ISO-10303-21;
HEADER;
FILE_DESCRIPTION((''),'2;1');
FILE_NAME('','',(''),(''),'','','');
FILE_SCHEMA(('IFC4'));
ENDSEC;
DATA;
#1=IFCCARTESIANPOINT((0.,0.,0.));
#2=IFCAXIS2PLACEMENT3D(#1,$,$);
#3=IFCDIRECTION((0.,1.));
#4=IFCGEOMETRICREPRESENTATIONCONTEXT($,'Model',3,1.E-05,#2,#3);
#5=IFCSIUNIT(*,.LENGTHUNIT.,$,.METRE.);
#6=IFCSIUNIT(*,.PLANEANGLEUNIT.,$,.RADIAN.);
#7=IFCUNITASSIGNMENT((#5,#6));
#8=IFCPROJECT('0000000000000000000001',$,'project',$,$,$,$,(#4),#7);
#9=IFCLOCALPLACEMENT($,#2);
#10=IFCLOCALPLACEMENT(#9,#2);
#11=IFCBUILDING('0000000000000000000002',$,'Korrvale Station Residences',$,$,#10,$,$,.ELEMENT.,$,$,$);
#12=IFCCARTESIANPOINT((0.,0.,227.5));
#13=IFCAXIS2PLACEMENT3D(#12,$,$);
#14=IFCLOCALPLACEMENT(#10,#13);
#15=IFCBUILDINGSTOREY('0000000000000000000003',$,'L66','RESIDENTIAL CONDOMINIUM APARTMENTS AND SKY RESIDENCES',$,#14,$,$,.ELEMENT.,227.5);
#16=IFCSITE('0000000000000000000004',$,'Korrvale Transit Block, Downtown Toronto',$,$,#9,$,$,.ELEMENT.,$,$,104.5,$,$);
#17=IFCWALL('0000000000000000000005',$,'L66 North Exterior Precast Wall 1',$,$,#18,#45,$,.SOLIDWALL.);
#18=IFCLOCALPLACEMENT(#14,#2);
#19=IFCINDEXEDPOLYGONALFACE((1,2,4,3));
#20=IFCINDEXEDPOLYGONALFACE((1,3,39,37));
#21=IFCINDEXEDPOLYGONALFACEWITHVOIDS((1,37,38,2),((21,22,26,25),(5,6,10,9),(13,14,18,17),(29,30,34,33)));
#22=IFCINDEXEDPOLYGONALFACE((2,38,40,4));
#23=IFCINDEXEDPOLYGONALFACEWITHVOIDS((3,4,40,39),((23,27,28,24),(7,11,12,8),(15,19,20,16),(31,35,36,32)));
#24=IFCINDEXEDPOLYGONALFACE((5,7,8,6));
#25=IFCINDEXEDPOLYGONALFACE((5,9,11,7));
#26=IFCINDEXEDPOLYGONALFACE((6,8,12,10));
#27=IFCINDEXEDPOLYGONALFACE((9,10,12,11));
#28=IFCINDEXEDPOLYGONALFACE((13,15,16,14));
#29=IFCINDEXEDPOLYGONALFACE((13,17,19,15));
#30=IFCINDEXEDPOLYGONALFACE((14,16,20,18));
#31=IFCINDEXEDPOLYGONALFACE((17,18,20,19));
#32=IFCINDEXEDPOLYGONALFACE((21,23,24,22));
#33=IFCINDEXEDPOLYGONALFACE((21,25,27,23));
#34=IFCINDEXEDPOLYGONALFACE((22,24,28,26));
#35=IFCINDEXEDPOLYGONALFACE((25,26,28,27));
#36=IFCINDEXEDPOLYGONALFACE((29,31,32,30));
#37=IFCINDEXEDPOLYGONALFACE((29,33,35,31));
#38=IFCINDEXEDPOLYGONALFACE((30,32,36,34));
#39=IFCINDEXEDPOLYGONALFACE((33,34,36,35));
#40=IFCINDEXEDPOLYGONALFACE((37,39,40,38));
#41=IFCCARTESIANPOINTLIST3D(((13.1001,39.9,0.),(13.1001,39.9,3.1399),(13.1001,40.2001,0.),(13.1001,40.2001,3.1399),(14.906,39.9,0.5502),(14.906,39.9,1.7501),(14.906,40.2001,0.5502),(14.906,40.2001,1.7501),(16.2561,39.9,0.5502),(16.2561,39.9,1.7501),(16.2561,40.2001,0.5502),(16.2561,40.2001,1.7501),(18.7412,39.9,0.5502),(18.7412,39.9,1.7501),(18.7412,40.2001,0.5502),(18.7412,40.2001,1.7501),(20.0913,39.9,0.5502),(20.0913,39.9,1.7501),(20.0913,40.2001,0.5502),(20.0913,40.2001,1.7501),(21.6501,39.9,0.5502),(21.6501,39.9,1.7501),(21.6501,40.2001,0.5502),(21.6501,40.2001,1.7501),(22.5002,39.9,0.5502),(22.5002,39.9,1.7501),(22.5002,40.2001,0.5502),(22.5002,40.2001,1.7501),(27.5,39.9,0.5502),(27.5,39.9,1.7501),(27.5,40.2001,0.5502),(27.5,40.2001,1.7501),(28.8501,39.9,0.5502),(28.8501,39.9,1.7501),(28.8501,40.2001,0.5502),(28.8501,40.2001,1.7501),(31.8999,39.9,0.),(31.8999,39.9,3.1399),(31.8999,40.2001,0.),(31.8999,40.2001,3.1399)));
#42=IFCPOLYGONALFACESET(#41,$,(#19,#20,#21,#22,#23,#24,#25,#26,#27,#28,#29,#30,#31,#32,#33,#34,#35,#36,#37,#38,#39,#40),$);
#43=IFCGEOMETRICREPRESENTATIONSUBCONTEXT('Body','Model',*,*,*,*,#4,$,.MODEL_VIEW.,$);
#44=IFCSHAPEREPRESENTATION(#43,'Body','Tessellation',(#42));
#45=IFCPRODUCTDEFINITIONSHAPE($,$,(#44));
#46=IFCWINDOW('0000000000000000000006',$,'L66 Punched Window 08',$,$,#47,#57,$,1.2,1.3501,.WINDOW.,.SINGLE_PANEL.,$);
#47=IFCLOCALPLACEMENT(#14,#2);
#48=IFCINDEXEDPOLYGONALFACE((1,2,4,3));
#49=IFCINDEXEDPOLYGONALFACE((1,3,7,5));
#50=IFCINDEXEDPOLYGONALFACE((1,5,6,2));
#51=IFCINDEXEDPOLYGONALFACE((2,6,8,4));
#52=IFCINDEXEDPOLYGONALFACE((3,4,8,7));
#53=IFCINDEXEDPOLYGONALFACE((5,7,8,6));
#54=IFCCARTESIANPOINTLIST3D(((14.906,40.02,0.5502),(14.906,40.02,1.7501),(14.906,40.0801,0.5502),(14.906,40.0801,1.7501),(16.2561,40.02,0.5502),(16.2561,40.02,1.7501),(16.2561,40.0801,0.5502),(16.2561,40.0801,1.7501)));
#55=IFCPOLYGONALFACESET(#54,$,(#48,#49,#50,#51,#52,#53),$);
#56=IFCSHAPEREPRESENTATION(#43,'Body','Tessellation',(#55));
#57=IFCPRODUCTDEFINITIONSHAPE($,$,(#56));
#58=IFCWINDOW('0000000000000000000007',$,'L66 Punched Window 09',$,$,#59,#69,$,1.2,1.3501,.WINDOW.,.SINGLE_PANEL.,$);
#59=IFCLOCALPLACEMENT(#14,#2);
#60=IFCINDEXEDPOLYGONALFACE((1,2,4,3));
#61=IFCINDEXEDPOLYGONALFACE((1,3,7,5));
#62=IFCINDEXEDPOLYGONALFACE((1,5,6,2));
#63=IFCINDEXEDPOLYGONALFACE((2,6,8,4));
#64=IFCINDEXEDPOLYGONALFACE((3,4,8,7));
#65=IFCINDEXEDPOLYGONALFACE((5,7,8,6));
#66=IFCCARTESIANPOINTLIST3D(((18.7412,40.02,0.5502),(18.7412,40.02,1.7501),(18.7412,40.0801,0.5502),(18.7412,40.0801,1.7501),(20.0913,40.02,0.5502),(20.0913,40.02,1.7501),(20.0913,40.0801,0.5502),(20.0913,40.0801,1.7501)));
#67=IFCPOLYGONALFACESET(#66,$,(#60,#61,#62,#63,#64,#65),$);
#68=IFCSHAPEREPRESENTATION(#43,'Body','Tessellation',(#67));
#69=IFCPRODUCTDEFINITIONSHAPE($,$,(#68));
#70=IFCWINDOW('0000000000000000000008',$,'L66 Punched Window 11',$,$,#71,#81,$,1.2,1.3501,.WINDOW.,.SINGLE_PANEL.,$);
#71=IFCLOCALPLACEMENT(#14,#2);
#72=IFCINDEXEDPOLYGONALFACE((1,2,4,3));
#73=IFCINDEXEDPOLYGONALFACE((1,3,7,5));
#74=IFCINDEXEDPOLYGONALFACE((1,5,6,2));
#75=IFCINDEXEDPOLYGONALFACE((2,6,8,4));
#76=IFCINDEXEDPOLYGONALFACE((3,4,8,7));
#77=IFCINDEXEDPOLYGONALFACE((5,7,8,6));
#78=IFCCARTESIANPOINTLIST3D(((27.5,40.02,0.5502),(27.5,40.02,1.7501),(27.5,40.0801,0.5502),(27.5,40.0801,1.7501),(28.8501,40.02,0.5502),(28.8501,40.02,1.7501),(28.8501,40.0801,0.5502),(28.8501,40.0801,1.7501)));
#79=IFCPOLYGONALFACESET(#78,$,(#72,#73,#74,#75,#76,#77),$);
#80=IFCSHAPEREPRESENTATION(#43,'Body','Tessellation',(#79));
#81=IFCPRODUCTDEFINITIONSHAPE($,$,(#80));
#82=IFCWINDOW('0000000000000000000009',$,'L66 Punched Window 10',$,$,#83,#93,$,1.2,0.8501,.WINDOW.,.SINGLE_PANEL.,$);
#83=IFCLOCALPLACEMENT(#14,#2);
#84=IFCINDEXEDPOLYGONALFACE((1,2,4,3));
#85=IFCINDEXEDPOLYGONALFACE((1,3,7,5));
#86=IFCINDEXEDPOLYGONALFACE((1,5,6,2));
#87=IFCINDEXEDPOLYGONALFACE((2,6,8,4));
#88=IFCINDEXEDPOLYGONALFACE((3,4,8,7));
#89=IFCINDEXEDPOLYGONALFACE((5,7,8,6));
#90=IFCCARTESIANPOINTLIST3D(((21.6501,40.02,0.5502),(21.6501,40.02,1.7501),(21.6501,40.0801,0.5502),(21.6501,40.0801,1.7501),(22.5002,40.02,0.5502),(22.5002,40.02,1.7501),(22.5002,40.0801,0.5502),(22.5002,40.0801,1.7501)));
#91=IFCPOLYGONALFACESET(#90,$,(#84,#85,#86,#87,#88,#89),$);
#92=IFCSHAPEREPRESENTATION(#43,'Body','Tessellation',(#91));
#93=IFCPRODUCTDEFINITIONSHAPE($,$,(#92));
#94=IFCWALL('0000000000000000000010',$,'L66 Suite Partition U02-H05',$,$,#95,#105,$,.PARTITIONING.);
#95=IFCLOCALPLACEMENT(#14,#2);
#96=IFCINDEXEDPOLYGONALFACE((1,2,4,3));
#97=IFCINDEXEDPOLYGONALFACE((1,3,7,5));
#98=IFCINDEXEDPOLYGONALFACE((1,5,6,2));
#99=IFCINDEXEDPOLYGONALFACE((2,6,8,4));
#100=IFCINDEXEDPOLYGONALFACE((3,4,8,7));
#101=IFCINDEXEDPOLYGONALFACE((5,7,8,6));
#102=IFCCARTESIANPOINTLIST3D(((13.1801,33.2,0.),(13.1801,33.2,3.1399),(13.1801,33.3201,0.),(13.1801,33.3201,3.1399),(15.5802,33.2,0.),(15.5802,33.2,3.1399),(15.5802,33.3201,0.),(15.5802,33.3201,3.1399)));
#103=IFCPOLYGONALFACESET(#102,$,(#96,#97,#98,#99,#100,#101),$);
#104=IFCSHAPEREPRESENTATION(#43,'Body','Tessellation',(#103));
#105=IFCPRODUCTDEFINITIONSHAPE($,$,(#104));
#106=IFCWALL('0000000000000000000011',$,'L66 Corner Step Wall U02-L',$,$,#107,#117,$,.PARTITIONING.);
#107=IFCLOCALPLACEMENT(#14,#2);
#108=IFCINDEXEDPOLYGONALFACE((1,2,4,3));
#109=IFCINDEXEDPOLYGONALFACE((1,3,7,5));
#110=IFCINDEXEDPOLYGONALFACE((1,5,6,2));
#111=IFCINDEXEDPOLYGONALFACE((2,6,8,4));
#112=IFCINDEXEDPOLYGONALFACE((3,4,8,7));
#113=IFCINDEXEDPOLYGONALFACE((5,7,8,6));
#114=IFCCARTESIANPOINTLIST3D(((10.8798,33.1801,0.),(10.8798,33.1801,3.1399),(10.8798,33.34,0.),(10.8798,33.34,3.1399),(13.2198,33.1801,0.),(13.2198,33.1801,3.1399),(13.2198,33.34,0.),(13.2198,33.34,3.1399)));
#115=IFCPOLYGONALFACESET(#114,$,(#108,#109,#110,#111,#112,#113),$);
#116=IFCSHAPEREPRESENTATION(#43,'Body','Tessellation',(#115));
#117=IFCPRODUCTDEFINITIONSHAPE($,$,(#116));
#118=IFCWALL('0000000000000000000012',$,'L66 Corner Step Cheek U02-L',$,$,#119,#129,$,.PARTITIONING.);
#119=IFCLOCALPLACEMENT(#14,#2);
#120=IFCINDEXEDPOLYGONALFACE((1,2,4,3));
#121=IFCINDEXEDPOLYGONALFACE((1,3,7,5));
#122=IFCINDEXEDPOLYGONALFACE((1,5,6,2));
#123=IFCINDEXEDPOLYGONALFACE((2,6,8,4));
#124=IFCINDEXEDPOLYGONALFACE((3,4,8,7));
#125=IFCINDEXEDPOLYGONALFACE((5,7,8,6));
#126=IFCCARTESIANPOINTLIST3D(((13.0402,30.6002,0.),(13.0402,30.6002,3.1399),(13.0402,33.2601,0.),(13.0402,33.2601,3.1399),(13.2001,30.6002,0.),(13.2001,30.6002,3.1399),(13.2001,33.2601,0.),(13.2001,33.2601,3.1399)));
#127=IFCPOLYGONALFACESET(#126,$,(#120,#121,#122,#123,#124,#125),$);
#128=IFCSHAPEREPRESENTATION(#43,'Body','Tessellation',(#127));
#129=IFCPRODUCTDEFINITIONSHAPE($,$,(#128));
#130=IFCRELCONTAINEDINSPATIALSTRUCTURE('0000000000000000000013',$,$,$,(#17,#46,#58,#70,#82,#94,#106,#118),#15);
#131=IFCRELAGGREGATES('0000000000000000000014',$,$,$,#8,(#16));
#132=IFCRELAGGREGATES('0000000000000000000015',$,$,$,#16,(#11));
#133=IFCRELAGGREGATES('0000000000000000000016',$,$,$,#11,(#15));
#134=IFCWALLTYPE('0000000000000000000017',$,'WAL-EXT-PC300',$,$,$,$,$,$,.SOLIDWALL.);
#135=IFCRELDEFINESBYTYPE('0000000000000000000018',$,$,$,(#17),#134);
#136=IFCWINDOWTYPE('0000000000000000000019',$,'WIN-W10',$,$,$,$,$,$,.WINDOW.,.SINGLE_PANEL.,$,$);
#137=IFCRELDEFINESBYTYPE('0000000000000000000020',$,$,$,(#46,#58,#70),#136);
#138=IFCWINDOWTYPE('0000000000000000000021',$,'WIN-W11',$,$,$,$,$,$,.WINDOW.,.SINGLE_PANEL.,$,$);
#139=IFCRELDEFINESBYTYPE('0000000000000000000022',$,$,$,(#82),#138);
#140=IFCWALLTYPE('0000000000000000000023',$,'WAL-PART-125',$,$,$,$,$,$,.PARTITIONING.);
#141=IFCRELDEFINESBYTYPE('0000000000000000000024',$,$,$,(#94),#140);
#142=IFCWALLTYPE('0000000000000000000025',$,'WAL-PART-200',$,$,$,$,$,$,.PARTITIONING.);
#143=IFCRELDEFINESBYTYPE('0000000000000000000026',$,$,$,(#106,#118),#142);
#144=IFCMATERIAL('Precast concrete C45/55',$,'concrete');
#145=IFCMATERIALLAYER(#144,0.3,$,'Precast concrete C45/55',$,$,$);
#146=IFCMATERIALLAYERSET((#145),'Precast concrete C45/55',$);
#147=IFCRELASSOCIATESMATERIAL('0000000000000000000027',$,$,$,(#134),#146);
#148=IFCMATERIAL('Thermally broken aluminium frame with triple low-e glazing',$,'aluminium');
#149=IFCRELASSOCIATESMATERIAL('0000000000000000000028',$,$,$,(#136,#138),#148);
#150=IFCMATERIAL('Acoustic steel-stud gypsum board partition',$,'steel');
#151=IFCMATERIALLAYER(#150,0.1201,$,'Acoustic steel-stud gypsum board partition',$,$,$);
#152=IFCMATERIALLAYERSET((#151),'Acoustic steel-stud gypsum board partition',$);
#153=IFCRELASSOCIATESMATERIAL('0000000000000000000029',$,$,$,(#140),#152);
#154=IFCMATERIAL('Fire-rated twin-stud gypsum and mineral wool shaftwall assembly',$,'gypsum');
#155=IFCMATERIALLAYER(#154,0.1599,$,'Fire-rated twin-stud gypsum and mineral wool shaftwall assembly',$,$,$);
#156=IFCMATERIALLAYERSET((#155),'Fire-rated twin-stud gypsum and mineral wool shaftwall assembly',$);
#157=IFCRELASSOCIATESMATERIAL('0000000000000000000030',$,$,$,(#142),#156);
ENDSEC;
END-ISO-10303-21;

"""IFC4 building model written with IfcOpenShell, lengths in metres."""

from ifc_helpers import new_model, si_unit, direction, frame, frame_2d, origin, place, context, subcontext, project, spatial, rectangle, extrude, material, layer, layer_set, type_object, element, fill, save


model = new_model("IFC4")

# Units and contexts
model_context = context("Model", 3, precision=1e-05, world=origin(), true_north=direction((0.0, 1.0)))
body_context = subcontext(model_context, "Body", "Model", "MODEL_VIEW")
ifc_project = project(units=[si_unit("LENGTHUNIT", "METRE"), si_unit("PLANEANGLEUNIT", "RADIAN")], contexts=[model_context])

# Site, building, storey
site_placement = place(None, origin())
site = spatial("IfcSite", under=ifc_project, at=site_placement, Name="Korrvale Transit Block, Downtown Toronto", CompositionType="ELEMENT", RefElevation=104.5)
building_placement = place(site_placement, origin())
building = spatial("IfcBuilding", under=site, at=building_placement, Name="Korrvale Station Residences", CompositionType="ELEMENT")
storey_placement = place(building_placement, frame((0.0, 0.0, 227.5)))
storey = spatial("IfcBuildingStorey", under=building, at=storey_placement, Name="L66", Description="RESIDENTIAL CONDOMINIUM APARTMENTS AND SKY RESIDENCES", CompositionType="ELEMENT", Elevation=227.5)

# Shared definitions
ifc_material_1 = material(Name="Precast concrete C45/55", Category="concrete")

# Wall, openings, windows
ifc_layer_1 = layer(ifc_material_1, 0.3, Name="Precast concrete C45/55")
ifc_layer_set_1 = layer_set([ifc_layer_1], Name="Precast concrete C45/55")
wall_type_1 = type_object("IfcWallType", Name="WAL-EXT-PC300", PredefinedType="SOLIDWALL", material=ifc_layer_set_1)
wall_1_placement = place(storey_placement, frame((13.1001, 40.05, 0.0), z_axis=(0.0, 0.0, 1.0), x_axis=(1.0, 0.0, 0.0)))
wall_1 = element("IfcWall", 1, at=wall_1_placement, inside=storey, type_object=wall_type_1, Name="L66 North Exterior Precast Wall 1", PredefinedType="SOLIDWALL", context=body_context, shape_type="SweptSolid", body=[
    extrude(rectangle(XDim=18.7998, YDim=0.3, at=frame_2d((9.3999, 0.0))), origin(), (0.0, 0.0, 1.0), 3.1399),
])
opening_1_placement = place(wall_1_placement, frame((1.8059, 0.0, 0.55)))
opening_1 = element("IfcOpeningElement", 2, at=opening_1_placement, cuts=wall_1, PredefinedType="OPENING", context=body_context, shape_type="SweptSolid", body=[
    extrude(rectangle(XDim=1.3501, YDim=1.2, at=frame_2d((0.675, 0.6001))), frame((0.0, 0.1602, 0.0), z_axis=(0.0, -1.0, 0.0), x_axis=(1.0, 0.0, 0.0)), (0.0, 0.0, 1.0), 0.3201),
])
opening_2_placement = place(wall_1_placement, frame((5.6411, 0.0, 0.55)))
opening_2 = element("IfcOpeningElement", 3, at=opening_2_placement, cuts=wall_1, PredefinedType="OPENING", context=body_context, shape_type="SweptSolid", body=[
    extrude(rectangle(XDim=1.3501, YDim=1.2, at=frame_2d((0.675, 0.6001))), frame((0.0, 0.1602, 0.0), z_axis=(0.0, -1.0, 0.0), x_axis=(1.0, 0.0, 0.0)), (0.0, 0.0, 1.0), 0.3201),
])
opening_3_placement = place(wall_1_placement, frame((8.55, 0.0, 0.55)))
opening_3 = element("IfcOpeningElement", 4, at=opening_3_placement, cuts=wall_1, PredefinedType="OPENING", context=body_context, shape_type="SweptSolid", body=[
    extrude(rectangle(XDim=0.8501, YDim=1.2, at=frame_2d((0.425, 0.6001))), frame((0.0, 0.1602, 0.0), z_axis=(0.0, -1.0, 0.0), x_axis=(1.0, 0.0, 0.0)), (0.0, 0.0, 1.0), 0.3201),
])
opening_4_placement = place(wall_1_placement, frame((14.3999, 0.0, 0.55)))
opening_4 = element("IfcOpeningElement", 5, at=opening_4_placement, cuts=wall_1, PredefinedType="OPENING", context=body_context, shape_type="SweptSolid", body=[
    extrude(rectangle(XDim=1.3501, YDim=1.2, at=frame_2d((0.675, 0.6001))), frame((0.0, 0.1602, 0.0), z_axis=(0.0, -1.0, 0.0), x_axis=(1.0, 0.0, 0.0)), (0.0, 0.0, 1.0), 0.3201),
])
ifc_material_2 = material(Name="Thermally broken aluminium frame with triple low-e glazing", Category="aluminium")
window_type_1 = type_object("IfcWindowType", Name="WIN-W10", PartitioningType="SINGLE_PANEL", PredefinedType="WINDOW", material=ifc_material_2)
window_1_placement = place(opening_1_placement, origin())
window_1 = element("IfcWindow", 6, at=window_1_placement, inside=storey, type_object=window_type_1, Name="L66 Punched Window 08", OverallHeight=1.2, OverallWidth=1.3501, PartitioningType="SINGLE_PANEL", PredefinedType="WINDOW", context=body_context, shape_type="SweptSolid", body=[
    extrude(rectangle(XDim=1.3501, YDim=1.2, at=frame_2d((0.675, 0.6001))), frame((0.0, 0.03, 0.0), z_axis=(0.0, -1.0, 0.0), x_axis=(1.0, 0.0, 0.0)), (0.0, 0.0, 1.0), 0.0601),
])
fill(opening_1, window_1)
window_2_placement = place(opening_2_placement, origin())
window_2 = element("IfcWindow", 7, at=window_2_placement, inside=storey, type_object=window_type_1, Name="L66 Punched Window 09", OverallHeight=1.2, OverallWidth=1.3501, PartitioningType="SINGLE_PANEL", PredefinedType="WINDOW", context=body_context, shape_type="SweptSolid", body=[
    extrude(rectangle(XDim=1.3501, YDim=1.2, at=frame_2d((0.675, 0.6001))), frame((0.0, 0.03, 0.0), z_axis=(0.0, -1.0, 0.0), x_axis=(1.0, 0.0, 0.0)), (0.0, 0.0, 1.0), 0.0601),
])
fill(opening_2, window_2)
window_3_placement = place(opening_4_placement, origin())
window_3 = element("IfcWindow", 8, at=window_3_placement, inside=storey, type_object=window_type_1, Name="L66 Punched Window 11", OverallHeight=1.2, OverallWidth=1.3501, PartitioningType="SINGLE_PANEL", PredefinedType="WINDOW", context=body_context, shape_type="SweptSolid", body=[
    extrude(rectangle(XDim=1.3501, YDim=1.2, at=frame_2d((0.675, 0.6001))), frame((0.0, 0.03, 0.0), z_axis=(0.0, -1.0, 0.0), x_axis=(1.0, 0.0, 0.0)), (0.0, 0.0, 1.0), 0.0601),
])
fill(opening_4, window_3)
window_type_2 = type_object("IfcWindowType", Name="WIN-W11", PartitioningType="SINGLE_PANEL", PredefinedType="WINDOW", material=ifc_material_2)
window_4_placement = place(opening_3_placement, origin())
window_4 = element("IfcWindow", 9, at=window_4_placement, inside=storey, type_object=window_type_2, Name="L66 Punched Window 10", OverallHeight=1.2, OverallWidth=0.8501, PartitioningType="SINGLE_PANEL", PredefinedType="WINDOW", context=body_context, shape_type="SweptSolid", body=[
    extrude(rectangle(XDim=0.8501, YDim=1.2, at=frame_2d((0.425, 0.6001))), frame((0.0, 0.03, 0.0), z_axis=(0.0, -1.0, 0.0), x_axis=(1.0, 0.0, 0.0)), (0.0, 0.0, 1.0), 0.0601),
])
fill(opening_3, window_4)

# Walls
ifc_material_3 = material(Name="Acoustic steel-stud gypsum board partition", Category="steel")
ifc_layer_2 = layer(ifc_material_3, 0.1201, Name="Acoustic steel-stud gypsum board partition")
ifc_layer_set_2 = layer_set([ifc_layer_2], Name="Acoustic steel-stud gypsum board partition")
wall_type_2 = type_object("IfcWallType", Name="WAL-PART-125", PredefinedType="PARTITIONING", material=ifc_layer_set_2)
wall_2_placement = place(storey_placement, frame((13.1799, 33.26, 0.0), z_axis=(0.0, 0.0, 1.0), x_axis=(1.0, 0.0, 0.0)))
element("IfcWall", 10, at=wall_2_placement, inside=storey, type_object=wall_type_2, Name="L66 Suite Partition U02-H05", PredefinedType="PARTITIONING", context=body_context, shape_type="SweptSolid", body=[
    extrude(rectangle(XDim=2.4001, YDim=0.1201, at=frame_2d((1.2002, 0.0))), origin(), (0.0, 0.0, 1.0), 3.1399),
])
ifc_material_4 = material(Name="Fire-rated twin-stud gypsum and mineral wool shaftwall assembly", Category="gypsum")
ifc_layer_3 = layer(ifc_material_4, 0.1599, Name="Fire-rated twin-stud gypsum and mineral wool shaftwall assembly")
ifc_layer_set_3 = layer_set([ifc_layer_3], Name="Fire-rated twin-stud gypsum and mineral wool shaftwall assembly")
wall_type_3 = type_object("IfcWallType", Name="WAL-PART-200", PredefinedType="PARTITIONING", material=ifc_layer_set_3)
wall_3_placement = place(storey_placement, frame((10.8799, 33.26, 0.0), z_axis=(0.0, 0.0, 1.0), x_axis=(1.0, 0.0, 0.0)))
element("IfcWall", 11, at=wall_3_placement, inside=storey, type_object=wall_type_3, Name="L66 Corner Step Wall U02-L", PredefinedType="PARTITIONING", context=body_context, shape_type="SweptSolid", body=[
    extrude(rectangle(XDim=2.3401, YDim=0.1599, at=frame_2d((1.1699, 0.0))), origin(), (0.0, 0.0, 1.0), 3.1399),
])
wall_4_placement = place(storey_placement, frame((13.1201, 30.6001, 0.0), z_axis=(0.0, 0.0, 1.0), x_axis=(0.0, 1.0, 0.0)))
element("IfcWall", 12, at=wall_4_placement, inside=storey, type_object=wall_type_3, Name="L66 Corner Step Cheek U02-L", PredefinedType="PARTITIONING", context=body_context, shape_type="SweptSolid", body=[
    extrude(rectangle(XDim=2.6599, YDim=0.1599, at=frame_2d((1.3301, 0.0))), origin(), (0.0, 0.0, 1.0), 3.1399),
])

save(model, "model.ifc")
